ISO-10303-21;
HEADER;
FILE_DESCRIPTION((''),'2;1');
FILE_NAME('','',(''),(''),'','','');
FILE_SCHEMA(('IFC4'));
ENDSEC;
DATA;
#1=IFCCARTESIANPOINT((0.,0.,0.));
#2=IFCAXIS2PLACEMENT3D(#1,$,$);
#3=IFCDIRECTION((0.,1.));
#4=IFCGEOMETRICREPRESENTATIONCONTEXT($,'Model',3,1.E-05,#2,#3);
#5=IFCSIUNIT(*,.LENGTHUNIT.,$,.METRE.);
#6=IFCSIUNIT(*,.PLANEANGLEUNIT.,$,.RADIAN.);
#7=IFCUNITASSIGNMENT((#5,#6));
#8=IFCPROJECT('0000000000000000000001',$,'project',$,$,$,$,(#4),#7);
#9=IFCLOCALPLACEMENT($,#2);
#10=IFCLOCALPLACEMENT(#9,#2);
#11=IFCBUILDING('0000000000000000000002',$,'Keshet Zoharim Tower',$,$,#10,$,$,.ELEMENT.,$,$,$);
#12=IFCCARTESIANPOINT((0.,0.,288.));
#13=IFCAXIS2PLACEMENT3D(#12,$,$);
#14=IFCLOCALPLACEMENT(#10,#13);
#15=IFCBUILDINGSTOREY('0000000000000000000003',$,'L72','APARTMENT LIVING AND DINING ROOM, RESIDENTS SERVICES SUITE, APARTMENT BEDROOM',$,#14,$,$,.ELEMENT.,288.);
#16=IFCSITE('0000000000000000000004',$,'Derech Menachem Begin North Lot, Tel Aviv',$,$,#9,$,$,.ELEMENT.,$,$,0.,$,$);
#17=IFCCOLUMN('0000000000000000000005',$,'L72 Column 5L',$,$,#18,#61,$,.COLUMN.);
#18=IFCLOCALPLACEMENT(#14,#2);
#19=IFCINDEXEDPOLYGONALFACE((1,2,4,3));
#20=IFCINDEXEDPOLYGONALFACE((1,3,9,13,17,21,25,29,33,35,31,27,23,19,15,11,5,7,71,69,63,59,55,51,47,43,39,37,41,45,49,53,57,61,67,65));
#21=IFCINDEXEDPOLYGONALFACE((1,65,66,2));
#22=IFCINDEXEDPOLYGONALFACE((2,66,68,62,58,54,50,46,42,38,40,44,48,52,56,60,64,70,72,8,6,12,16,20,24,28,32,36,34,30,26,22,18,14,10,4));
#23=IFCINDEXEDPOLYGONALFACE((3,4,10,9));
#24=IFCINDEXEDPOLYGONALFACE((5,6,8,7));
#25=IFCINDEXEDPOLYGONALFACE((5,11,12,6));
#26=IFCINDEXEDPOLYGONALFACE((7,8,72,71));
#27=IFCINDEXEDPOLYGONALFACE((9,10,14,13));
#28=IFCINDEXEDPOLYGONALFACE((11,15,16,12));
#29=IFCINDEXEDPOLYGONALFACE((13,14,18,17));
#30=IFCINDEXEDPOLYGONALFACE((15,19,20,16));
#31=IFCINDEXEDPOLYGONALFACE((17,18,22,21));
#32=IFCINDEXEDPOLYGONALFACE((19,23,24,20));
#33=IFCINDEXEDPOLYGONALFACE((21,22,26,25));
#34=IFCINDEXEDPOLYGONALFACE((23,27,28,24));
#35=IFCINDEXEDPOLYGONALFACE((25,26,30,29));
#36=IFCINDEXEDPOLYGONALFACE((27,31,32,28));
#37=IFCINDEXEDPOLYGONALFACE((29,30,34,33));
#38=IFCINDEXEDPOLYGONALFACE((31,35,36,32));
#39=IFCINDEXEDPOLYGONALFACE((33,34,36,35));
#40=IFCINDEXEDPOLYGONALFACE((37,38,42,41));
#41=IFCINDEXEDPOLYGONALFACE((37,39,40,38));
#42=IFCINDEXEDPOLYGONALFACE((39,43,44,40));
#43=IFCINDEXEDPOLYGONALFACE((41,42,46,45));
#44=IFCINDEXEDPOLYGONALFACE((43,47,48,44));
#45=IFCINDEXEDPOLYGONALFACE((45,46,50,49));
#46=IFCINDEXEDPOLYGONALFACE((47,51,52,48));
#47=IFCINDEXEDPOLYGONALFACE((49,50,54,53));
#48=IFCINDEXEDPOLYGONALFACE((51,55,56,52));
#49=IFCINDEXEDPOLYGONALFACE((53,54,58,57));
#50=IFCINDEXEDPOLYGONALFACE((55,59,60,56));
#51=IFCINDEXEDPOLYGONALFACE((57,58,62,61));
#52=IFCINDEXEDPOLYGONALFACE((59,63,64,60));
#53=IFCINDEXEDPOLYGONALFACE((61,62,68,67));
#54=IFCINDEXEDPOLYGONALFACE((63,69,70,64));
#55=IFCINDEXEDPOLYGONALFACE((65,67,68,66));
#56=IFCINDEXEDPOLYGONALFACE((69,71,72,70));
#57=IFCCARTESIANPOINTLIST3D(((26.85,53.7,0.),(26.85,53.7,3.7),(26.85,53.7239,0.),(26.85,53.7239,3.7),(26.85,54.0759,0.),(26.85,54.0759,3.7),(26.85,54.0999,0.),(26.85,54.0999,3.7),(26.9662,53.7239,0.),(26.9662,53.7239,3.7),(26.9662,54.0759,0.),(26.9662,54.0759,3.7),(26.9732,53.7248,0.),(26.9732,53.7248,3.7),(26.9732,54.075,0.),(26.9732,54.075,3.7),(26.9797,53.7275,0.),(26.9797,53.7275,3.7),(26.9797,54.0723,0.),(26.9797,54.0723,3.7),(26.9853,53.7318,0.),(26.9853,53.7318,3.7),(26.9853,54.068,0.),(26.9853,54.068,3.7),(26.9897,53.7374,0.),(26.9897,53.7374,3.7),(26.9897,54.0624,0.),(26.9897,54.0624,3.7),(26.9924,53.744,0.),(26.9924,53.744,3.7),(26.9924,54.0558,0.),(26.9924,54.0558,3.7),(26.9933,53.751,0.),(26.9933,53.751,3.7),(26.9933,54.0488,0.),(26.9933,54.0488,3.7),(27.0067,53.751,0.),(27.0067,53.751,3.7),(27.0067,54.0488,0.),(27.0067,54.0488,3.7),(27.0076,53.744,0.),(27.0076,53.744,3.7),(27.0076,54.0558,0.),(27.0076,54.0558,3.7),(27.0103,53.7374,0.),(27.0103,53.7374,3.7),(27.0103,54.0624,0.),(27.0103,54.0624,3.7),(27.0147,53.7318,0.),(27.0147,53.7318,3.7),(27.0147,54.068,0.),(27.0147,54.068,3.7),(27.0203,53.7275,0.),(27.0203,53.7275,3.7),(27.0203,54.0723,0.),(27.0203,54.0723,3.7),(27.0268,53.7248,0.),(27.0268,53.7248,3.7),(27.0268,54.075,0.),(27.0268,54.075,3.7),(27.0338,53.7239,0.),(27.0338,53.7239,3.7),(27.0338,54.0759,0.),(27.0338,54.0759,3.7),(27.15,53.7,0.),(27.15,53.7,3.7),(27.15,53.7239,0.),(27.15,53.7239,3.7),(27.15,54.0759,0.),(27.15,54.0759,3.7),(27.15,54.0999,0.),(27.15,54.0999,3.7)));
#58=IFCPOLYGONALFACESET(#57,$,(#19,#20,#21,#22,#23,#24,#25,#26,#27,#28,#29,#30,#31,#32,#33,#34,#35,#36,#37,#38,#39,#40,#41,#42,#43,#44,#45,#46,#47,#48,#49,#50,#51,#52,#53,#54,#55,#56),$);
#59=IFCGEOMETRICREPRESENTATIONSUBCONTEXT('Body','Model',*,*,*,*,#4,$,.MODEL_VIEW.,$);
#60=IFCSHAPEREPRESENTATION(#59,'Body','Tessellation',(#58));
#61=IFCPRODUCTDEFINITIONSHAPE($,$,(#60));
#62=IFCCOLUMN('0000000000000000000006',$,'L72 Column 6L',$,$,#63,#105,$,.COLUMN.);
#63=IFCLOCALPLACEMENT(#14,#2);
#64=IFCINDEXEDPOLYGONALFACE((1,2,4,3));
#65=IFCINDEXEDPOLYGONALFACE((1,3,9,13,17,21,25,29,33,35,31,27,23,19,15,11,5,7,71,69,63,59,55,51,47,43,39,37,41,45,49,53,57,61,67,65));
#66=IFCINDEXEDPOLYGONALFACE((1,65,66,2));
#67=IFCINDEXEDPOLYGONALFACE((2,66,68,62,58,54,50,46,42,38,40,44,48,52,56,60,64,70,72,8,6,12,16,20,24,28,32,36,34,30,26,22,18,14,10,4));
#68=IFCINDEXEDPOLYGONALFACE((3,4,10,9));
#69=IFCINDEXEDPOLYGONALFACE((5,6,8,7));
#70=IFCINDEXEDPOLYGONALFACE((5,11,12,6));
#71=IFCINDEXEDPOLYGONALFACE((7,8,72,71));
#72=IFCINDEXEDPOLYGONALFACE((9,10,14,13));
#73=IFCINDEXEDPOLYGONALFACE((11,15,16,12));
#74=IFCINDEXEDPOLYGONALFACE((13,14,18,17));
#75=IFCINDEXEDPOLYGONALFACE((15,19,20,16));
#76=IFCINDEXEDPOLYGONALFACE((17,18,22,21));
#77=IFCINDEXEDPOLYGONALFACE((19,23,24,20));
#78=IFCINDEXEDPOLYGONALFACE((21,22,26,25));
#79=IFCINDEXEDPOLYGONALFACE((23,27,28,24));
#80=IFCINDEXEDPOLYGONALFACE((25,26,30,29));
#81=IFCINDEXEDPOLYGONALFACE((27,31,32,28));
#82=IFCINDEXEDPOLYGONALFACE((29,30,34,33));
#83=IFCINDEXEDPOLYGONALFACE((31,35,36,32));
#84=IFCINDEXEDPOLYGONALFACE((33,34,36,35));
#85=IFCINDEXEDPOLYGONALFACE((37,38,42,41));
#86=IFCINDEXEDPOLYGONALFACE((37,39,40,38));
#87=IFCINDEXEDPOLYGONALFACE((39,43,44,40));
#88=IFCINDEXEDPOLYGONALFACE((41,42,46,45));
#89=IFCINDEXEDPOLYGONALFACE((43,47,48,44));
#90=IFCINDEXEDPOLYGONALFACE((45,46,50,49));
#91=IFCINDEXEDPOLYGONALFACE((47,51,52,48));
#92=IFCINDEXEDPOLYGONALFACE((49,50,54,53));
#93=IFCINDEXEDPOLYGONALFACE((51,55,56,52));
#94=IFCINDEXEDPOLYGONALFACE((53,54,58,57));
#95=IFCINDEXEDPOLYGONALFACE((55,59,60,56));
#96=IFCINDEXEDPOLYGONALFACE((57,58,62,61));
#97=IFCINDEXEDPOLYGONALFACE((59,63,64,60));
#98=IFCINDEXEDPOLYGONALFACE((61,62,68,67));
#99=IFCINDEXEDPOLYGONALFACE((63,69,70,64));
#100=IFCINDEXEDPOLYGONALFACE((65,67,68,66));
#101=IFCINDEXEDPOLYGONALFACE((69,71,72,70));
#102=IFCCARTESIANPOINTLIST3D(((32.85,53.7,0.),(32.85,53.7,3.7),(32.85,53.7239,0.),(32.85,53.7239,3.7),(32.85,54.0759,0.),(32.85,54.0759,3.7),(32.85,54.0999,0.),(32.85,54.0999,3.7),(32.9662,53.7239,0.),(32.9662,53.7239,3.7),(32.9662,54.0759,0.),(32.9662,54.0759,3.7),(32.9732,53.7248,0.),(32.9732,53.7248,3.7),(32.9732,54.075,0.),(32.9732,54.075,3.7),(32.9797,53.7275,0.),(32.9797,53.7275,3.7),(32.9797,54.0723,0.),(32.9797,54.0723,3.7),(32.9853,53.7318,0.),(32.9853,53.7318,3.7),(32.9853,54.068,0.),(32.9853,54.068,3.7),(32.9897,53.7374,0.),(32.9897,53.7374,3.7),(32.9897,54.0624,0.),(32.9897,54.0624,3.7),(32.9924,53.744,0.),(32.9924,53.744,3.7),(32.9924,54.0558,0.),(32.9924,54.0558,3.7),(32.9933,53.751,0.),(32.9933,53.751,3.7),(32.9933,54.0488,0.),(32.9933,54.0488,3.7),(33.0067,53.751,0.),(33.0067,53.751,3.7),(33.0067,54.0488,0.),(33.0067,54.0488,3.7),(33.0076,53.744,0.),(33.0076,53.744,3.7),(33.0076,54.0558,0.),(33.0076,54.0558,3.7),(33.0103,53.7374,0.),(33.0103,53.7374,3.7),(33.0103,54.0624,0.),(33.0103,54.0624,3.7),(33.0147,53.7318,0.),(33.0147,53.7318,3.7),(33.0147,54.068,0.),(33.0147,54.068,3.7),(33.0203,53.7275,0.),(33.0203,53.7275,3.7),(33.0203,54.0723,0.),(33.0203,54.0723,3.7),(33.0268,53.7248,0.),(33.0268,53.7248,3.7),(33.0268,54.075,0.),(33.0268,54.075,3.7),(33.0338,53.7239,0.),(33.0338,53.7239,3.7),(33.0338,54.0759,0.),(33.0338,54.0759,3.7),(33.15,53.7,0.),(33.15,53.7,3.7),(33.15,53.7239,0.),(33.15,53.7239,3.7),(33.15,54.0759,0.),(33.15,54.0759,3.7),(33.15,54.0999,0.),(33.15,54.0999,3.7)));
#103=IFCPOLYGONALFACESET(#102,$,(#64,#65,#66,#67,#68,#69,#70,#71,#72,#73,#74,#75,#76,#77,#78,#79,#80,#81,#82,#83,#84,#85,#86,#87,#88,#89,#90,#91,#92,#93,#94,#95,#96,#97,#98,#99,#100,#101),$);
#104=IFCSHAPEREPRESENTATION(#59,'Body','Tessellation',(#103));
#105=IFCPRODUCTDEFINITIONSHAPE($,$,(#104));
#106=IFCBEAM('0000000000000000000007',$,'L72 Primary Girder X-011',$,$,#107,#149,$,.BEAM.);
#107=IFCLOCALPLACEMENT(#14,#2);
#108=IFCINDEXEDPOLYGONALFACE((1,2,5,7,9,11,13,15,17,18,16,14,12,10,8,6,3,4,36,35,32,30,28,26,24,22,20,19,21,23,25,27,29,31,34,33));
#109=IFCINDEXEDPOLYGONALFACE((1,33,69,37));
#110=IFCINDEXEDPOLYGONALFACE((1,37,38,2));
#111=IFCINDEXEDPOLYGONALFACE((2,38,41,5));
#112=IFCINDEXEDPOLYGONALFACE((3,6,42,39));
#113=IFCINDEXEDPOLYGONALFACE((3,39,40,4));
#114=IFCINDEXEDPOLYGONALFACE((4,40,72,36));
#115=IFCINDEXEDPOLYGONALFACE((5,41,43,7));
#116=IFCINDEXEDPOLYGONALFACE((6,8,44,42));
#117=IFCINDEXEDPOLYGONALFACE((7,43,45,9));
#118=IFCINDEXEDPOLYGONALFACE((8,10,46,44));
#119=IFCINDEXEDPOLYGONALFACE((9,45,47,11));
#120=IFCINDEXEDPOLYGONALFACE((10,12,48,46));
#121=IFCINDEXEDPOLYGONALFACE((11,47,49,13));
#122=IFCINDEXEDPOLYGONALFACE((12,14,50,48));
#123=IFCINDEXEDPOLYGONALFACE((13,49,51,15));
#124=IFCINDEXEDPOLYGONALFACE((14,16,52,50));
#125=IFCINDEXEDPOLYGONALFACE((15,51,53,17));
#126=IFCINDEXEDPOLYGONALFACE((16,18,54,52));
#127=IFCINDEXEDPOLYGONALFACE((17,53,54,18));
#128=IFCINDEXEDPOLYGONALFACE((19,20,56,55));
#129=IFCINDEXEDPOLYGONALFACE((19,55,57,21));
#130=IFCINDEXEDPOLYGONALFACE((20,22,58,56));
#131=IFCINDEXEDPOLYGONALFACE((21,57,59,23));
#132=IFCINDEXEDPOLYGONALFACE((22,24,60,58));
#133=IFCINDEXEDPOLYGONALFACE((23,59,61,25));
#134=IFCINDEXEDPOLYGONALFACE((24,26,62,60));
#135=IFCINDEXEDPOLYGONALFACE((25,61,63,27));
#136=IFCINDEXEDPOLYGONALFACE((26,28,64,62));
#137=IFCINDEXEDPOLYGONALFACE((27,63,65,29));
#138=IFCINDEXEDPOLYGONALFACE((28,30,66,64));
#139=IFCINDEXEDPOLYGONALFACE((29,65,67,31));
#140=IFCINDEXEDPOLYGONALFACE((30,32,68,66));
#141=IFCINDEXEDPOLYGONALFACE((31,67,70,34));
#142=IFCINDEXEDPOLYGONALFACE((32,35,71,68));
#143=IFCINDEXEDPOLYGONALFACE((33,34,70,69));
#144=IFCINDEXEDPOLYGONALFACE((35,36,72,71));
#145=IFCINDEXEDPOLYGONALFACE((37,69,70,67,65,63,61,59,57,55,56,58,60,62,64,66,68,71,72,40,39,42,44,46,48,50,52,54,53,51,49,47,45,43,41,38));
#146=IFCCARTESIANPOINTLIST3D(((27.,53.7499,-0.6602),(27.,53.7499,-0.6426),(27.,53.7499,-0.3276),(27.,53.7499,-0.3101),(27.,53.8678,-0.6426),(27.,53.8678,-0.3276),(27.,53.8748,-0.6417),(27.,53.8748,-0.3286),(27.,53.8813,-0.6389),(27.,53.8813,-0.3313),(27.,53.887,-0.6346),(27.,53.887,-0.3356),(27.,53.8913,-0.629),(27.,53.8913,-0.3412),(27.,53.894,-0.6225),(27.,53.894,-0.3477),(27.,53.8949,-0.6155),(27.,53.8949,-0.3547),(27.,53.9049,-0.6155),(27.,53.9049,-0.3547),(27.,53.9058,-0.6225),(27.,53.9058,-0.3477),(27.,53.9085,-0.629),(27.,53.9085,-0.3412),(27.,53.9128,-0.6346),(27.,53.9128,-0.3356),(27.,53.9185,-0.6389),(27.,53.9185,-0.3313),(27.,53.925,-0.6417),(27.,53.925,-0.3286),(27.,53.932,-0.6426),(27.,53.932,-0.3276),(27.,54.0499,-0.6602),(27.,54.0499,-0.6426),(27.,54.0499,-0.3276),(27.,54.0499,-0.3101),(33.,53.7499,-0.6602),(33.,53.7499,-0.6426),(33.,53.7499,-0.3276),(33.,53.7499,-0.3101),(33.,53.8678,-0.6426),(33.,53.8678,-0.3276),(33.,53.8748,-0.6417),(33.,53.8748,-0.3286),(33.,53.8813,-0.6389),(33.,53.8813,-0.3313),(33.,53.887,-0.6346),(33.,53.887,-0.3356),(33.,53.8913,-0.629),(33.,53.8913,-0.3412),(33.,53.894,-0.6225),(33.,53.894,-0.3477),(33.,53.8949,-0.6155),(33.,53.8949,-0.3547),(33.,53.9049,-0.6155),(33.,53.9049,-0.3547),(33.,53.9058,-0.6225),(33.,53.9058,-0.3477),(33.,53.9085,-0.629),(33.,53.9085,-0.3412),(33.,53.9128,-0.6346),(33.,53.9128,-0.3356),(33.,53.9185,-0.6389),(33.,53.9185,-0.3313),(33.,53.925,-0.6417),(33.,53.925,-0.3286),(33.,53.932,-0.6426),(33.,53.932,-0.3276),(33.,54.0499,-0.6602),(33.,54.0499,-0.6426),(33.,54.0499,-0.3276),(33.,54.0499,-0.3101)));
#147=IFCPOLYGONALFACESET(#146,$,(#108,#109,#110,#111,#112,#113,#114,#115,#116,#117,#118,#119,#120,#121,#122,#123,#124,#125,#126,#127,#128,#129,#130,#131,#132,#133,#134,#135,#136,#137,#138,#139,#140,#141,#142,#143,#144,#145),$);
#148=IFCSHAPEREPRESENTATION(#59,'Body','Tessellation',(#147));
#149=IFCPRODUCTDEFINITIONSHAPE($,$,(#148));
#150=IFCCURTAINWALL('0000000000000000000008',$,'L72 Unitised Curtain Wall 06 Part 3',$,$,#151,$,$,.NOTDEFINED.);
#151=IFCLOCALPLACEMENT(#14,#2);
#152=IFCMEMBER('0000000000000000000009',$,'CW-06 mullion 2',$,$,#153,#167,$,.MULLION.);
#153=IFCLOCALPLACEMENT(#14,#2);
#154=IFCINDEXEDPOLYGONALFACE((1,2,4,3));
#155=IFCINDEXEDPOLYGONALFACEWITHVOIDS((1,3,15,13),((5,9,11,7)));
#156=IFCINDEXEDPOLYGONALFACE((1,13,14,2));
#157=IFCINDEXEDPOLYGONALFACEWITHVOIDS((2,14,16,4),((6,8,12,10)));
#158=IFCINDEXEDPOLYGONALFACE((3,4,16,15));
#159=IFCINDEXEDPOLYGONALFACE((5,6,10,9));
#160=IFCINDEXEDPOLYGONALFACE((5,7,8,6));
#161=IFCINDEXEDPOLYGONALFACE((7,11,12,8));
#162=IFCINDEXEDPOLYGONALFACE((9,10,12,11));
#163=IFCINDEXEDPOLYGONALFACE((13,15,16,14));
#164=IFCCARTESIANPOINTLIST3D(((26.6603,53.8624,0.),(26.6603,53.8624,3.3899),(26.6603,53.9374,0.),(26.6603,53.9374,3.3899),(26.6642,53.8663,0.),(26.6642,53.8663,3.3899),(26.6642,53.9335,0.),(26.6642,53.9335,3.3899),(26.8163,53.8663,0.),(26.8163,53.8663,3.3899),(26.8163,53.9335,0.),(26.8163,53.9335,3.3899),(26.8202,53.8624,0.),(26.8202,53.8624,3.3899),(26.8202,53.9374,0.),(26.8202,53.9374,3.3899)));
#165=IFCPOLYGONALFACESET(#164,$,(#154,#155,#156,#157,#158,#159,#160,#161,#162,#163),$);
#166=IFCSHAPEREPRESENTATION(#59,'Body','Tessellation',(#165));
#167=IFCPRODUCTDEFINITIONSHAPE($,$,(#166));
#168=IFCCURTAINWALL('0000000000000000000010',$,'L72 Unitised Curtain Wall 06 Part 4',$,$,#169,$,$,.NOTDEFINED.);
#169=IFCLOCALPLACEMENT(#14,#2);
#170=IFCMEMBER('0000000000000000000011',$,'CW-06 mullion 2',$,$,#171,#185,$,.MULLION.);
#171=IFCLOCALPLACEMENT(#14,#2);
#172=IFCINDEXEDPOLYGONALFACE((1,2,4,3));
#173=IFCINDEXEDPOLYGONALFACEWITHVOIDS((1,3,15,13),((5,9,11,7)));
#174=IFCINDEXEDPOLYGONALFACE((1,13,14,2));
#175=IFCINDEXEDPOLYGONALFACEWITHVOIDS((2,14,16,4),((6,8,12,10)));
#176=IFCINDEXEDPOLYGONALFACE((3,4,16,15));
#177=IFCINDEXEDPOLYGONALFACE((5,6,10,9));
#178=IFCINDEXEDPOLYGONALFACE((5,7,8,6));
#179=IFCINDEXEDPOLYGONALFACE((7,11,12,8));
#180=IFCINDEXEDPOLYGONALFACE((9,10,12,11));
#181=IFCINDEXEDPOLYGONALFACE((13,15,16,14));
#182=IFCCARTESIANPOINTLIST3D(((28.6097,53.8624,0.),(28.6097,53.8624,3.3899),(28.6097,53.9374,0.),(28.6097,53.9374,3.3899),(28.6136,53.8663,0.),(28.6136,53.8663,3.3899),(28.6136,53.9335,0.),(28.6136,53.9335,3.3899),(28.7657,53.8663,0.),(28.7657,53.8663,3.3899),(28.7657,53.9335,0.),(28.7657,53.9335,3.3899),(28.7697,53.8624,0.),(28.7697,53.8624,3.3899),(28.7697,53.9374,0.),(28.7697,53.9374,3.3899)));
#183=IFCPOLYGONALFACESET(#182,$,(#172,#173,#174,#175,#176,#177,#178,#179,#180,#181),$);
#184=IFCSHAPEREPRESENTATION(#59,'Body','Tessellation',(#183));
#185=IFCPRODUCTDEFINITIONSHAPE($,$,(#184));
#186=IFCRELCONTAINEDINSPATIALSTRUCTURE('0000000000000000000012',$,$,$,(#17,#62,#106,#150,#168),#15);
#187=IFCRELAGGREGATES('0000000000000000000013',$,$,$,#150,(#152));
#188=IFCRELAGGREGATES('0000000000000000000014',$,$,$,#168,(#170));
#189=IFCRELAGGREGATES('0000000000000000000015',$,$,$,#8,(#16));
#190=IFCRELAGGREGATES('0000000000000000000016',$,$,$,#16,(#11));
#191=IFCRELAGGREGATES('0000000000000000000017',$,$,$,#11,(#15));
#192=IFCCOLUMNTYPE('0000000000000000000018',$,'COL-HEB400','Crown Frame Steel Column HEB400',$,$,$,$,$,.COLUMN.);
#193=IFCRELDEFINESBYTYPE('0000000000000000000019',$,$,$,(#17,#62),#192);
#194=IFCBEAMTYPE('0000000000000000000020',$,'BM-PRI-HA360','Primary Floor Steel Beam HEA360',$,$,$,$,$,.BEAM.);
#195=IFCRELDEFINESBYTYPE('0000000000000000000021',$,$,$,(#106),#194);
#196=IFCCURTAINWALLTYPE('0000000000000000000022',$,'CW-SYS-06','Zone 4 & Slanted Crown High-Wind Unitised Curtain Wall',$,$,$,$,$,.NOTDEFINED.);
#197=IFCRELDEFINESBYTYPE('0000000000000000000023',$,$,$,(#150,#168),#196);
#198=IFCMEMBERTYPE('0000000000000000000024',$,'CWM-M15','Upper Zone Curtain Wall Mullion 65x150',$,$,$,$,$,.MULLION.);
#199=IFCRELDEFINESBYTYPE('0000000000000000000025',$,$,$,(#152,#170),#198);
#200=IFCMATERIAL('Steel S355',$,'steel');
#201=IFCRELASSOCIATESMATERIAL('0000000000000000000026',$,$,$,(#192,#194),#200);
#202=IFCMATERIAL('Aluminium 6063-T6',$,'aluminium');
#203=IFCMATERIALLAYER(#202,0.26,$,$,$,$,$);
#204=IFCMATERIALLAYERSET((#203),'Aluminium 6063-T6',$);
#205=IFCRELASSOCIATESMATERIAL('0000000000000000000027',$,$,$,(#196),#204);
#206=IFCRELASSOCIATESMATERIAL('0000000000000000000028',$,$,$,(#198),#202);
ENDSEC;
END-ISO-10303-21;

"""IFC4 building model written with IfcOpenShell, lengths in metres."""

from ifc_helpers import new_model, si_unit, direction, frame, origin, origin_2d, place, context, subcontext, project, spatial, hollow_rectangle, i_section, extrude, material, layer, layer_set, material_profile, profile_set, type_object, element, aggregate, save


model = new_model("IFC4")

# Units and contexts
model_context = context("Model", 3, precision=1e-05, world=origin(), true_north=direction((0.0, 1.0)))
body_context = subcontext(model_context, "Body", "Model", "MODEL_VIEW")
ifc_project = project(units=[si_unit("LENGTHUNIT", "METRE"), si_unit("PLANEANGLEUNIT", "RADIAN")], contexts=[model_context])

# Site, building, storey
site_placement = place(None, origin())
site = spatial("IfcSite", under=ifc_project, at=site_placement, Name="Derech Menachem Begin North Lot, Tel Aviv", CompositionType="ELEMENT", RefElevation=0.0)
building_placement = place(site_placement, origin())
building = spatial("IfcBuilding", under=site, at=building_placement, Name="Keshet Zoharim Tower", CompositionType="ELEMENT")
storey_placement = place(building_placement, frame((0.0, 0.0, 288.0)))
storey = spatial("IfcBuildingStorey", under=building, at=storey_placement, Name="L72", Description="APARTMENT LIVING AND DINING ROOM, RESIDENTS SERVICES SUITE, APARTMENT BEDROOM", CompositionType="ELEMENT", Elevation=288.0)

# Columns
ifc_material_1 = material(Name="Steel S355", Category="steel")
ifc_material_profile_1 = material_profile(ifc_material_1, i_section(OverallWidth=0.3, OverallDepth=0.3999, WebThickness=0.0134, FlangeThickness=0.0239, FilletRadius=0.0271, at=origin_2d()), Name="HEB400")
ifc_profile_set_1 = profile_set([ifc_material_profile_1], Name="Steel S355")
column_type = type_object("IfcColumnType", Name="COL-HEB400", Description="Crown Frame Steel Column HEB400", PredefinedType="COLUMN", material=ifc_profile_set_1)
for number, where, z_axis, x_axis, name in (
    (1, (27.0, 53.8999, 0.0), (0.0, 0.0, 1.0), (1.0, 0.0, 0.0), "L72 Column 5L"),
    (2, (33.0, 53.8999, 0.0), (0.0, 0.0, 1.0), (1.0, 0.0, 0.0), "L72 Column 6L"),
):
    element("IfcColumn", number, at=place(storey_placement, frame(where, z_axis=z_axis, x_axis=x_axis)), inside=storey, type_object=column_type, Name=name, PredefinedType="COLUMN", context=body_context, shape_type="SweptSolid", body=[
        extrude(i_section(OverallWidth=0.3, OverallDepth=0.3999, WebThickness=0.0134, FlangeThickness=0.0239, FilletRadius=0.0271, at=origin_2d()), origin(), (0.0, 0.0, 1.0), 3.7),
    ])

# Beam
ifc_material_profile_2 = material_profile(ifc_material_1, i_section(OverallWidth=0.3, OverallDepth=0.3501, WebThickness=0.01, FlangeThickness=0.0176, FilletRadius=0.0271, at=origin_2d()), Name="HEA360")
ifc_profile_set_2 = profile_set([ifc_material_profile_2], Name="Steel S355")
beam_type = type_object("IfcBeamType", Name="BM-PRI-HA360", Description="Primary Floor Steel Beam HEA360", PredefinedType="BEAM", material=ifc_profile_set_2)
beam_placement = place(storey_placement, frame((27.0, 53.8999, -0.4851), z_axis=(1.0, 0.0, 0.0), x_axis=(0.0, 1.0, 0.0)))
element("IfcBeam", 3, at=beam_placement, inside=storey, type_object=beam_type, Name="L72 Primary Girder X-011", PredefinedType="BEAM", context=body_context, shape_type="SweptSolid", body=[
    extrude(i_section(OverallWidth=0.3, OverallDepth=0.3501, WebThickness=0.01, FlangeThickness=0.0176, FilletRadius=0.0271, at=origin_2d()), origin(), (0.0, 0.0, 1.0), 6.0),
])

# Curtain wall, member
ifc_material_2 = material(Name="Aluminium 6063-T6", Category="aluminium")
ifc_layer_1 = layer(ifc_material_2, 0.26)
ifc_layer_set_1 = layer_set([ifc_layer_1], Name="Aluminium 6063-T6")
curtain_wall_type = type_object("IfcCurtainWallType", Name="CW-SYS-06", Description="Zone 4 & Slanted Crown High-Wind Unitised Curtain Wall", PredefinedType="NOTDEFINED", material=ifc_layer_set_1)
curtain_wall_1_placement = place(storey_placement, origin())
curtain_wall_1 = element("IfcCurtainWall", 4, at=curtain_wall_1_placement, inside=storey, type_object=curtain_wall_type, Name="L72 Unitised Curtain Wall 06 Part 3", PredefinedType="NOTDEFINED")
ifc_material_profile_3 = material_profile(ifc_material_2, hollow_rectangle(XDim=0.075, YDim=0.1599, WallThickness=0.0039, at=origin_2d()), Name="MUL-75x160")
ifc_profile_set_3 = profile_set([ifc_material_profile_3], Name="Aluminium 6063-T6")
member_type_1 = type_object("IfcMemberType", Name="CWM-M15", Description="Upper Zone Curtain Wall Mullion 65x150", PredefinedType="MULLION", material=ifc_profile_set_3)
member_1_placement = place(storey_placement, frame((26.7402, 53.8999, 0.0), z_axis=(0.0, 0.0, 1.0), x_axis=(0.0, 1.0, 0.0)))
member_1 = element("IfcMember", 5, at=member_1_placement, type_object=member_type_1, Name="CW-06 mullion 2", PredefinedType="MULLION", context=body_context, shape_type="SweptSolid", body=[
    extrude(hollow_rectangle(XDim=0.075, YDim=0.1599, WallThickness=0.0039, at=origin_2d()), origin(), (0.0, 0.0, 1.0), 3.3899),
])

# Curtain wall, member
curtain_wall_2_placement = place(storey_placement, origin())
curtain_wall_2 = element("IfcCurtainWall", 6, at=curtain_wall_2_placement, inside=storey, type_object=curtain_wall_type, Name="L72 Unitised Curtain Wall 06 Part 4", PredefinedType="NOTDEFINED")
member_2_placement = place(storey_placement, frame((28.6897, 53.8999, 0.0), z_axis=(0.0, 0.0, 1.0), x_axis=(0.0, 1.0, 0.0)))
member_2 = element("IfcMember", 7, at=member_2_placement, type_object=member_type_1, Name="CW-06 mullion 2", PredefinedType="MULLION", context=body_context, shape_type="SweptSolid", body=[
    extrude(hollow_rectangle(XDim=0.075, YDim=0.1599, WallThickness=0.0039, at=origin_2d()), origin(), (0.0, 0.0, 1.0), 3.3899),
])

aggregate(curtain_wall_1, [member_1])
aggregate(curtain_wall_2, [member_2])

save(model, "model.ifc")
